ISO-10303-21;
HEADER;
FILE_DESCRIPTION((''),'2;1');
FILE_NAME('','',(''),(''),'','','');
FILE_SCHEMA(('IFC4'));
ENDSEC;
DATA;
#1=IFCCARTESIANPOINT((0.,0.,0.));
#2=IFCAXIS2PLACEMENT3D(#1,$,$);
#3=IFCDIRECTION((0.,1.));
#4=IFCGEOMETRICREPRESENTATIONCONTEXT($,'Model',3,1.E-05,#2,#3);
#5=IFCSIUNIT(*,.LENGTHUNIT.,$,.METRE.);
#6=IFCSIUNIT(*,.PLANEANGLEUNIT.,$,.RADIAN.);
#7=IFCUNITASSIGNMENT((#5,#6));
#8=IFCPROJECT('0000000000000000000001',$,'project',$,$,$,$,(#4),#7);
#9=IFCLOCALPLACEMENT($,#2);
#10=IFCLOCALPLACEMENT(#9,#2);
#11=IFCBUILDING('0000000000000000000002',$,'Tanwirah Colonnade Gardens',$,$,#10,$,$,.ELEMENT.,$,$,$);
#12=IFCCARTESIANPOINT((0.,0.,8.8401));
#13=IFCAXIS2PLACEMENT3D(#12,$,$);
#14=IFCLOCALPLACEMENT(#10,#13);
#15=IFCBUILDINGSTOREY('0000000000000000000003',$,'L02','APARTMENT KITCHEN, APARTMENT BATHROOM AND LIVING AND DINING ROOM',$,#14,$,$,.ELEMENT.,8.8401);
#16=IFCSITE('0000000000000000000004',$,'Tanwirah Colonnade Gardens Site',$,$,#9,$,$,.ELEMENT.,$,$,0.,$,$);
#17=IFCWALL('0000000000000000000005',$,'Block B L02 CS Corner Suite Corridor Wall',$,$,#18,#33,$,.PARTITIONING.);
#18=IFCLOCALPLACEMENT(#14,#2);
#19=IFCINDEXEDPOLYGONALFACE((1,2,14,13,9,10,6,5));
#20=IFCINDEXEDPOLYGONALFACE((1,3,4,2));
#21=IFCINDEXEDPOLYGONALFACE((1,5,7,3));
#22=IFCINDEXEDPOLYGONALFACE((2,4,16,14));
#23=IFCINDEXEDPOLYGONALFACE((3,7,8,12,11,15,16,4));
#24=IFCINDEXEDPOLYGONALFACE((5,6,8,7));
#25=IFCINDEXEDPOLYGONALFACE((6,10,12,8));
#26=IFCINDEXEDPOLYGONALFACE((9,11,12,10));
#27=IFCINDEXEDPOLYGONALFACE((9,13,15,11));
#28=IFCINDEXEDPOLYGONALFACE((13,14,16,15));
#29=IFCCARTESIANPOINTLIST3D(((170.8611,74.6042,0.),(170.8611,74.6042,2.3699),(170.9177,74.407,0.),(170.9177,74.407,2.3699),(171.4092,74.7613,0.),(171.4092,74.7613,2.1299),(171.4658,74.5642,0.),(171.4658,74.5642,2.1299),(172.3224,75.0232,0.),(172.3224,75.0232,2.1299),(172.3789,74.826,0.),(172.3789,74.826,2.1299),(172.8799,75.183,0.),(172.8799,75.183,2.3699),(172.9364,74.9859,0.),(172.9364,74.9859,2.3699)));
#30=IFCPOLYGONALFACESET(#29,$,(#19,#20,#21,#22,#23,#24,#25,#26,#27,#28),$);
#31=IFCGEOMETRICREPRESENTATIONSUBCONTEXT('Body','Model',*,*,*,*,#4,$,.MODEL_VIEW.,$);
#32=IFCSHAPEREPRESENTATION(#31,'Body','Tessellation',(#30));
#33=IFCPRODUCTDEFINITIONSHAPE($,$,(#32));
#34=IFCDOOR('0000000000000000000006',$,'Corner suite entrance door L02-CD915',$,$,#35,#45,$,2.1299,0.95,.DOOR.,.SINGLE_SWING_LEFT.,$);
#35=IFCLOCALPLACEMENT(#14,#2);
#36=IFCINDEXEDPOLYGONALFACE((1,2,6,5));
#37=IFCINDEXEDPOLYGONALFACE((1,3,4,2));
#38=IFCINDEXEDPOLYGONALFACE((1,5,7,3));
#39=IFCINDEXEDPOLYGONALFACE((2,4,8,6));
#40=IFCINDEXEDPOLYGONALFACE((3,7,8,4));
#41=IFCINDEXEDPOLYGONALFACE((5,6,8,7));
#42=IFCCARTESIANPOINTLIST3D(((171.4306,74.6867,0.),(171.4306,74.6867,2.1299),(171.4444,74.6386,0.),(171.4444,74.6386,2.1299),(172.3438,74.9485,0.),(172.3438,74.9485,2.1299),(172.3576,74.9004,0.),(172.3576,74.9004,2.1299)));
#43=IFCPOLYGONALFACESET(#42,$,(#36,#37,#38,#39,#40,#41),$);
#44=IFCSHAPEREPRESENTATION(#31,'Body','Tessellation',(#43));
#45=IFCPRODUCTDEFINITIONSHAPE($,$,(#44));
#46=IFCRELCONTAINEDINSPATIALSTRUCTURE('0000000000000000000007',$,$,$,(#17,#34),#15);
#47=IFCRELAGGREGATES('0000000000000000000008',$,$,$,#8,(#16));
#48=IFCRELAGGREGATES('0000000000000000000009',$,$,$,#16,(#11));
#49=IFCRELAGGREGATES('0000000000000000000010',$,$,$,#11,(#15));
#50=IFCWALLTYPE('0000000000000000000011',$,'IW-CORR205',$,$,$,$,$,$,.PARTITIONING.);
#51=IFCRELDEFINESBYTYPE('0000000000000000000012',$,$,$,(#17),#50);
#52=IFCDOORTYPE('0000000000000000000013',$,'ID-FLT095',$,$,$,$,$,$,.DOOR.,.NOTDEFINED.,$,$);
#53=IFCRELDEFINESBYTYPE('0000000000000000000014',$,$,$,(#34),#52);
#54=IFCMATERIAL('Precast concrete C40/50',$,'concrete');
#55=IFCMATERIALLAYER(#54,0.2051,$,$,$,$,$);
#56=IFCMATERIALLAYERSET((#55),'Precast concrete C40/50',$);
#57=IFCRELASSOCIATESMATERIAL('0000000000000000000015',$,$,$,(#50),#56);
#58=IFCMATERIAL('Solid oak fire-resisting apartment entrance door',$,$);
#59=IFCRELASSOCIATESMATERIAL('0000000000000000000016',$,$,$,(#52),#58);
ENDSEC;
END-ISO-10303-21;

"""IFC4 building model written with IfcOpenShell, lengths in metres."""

from ifc_helpers import new_model, si_unit, direction, frame, frame_2d, origin, place, context, subcontext, project, spatial, rectangle, extrude, material, layer, layer_set, type_object, element, fill, save


model = new_model("IFC4")

# Units and contexts
model_context = context("Model", 3, precision=1e-05, world=origin(), true_north=direction((0.0, 1.0)))
body_context = subcontext(model_context, "Body", "Model", "MODEL_VIEW")
ifc_project = project(units=[si_unit("LENGTHUNIT", "METRE"), si_unit("PLANEANGLEUNIT", "RADIAN")], contexts=[model_context])

# Site, building, storey
site_placement = place(None, origin())
site = spatial("IfcSite", under=ifc_project, at=site_placement, Name="Tanwirah Colonnade Gardens Site", CompositionType="ELEMENT", RefElevation=0.0)
building_placement = place(site_placement, origin())
building = spatial("IfcBuilding", under=site, at=building_placement, Name="Tanwirah Colonnade Gardens", CompositionType="ELEMENT")
storey_placement = place(building_placement, frame((0.0, 0.0, 8.8401)))
storey = spatial("IfcBuildingStorey", under=building, at=storey_placement, Name="L02", Description="APARTMENT KITCHEN, APARTMENT BATHROOM AND LIVING AND DINING ROOM", CompositionType="ELEMENT", Elevation=8.8401)

# Shared definitions
ifc_material_1 = material(Name="Precast concrete C40/50", Category="concrete")

# Wall, opening, door
ifc_layer_1 = layer(ifc_material_1, 0.2051)
ifc_layer_set_1 = layer_set([ifc_layer_1], Name="Precast concrete C40/50")
wall_type_1 = type_object("IfcWallType", Name="IW-CORR205", PredefinedType="PARTITIONING", material=ifc_layer_set_1)
ifc_material_2 = material(Name="Solid oak fire-resisting apartment entrance door")
wall_1_placement = place(storey_placement, frame((170.8894, 74.5056, 0.0), z_axis=(0.0, 0.0, 1.0), x_axis=(0.961265, 0.275627, 0.0)))
wall_1 = element("IfcWall", 1, at=wall_1_placement, inside=storey, type_object=wall_type_1, Name="Block B L02 CS Corner Suite Corridor Wall", PredefinedType="PARTITIONING", context=body_context, shape_type="SweptSolid", body=[
    extrude(rectangle(XDim=2.1001, YDim=0.2051, at=frame_2d((1.05, 0.0))), origin(), (0.0, 0.0, 1.0), 2.3699),
])
opening_1_placement = place(wall_1_placement, frame((0.5701, 0.0, 0.0)))
opening_1 = element("IfcOpeningElement", 2, at=opening_1_placement, cuts=wall_1, PredefinedType="OPENING", context=body_context, shape_type="SweptSolid", body=[
    extrude(rectangle(XDim=0.95, YDim=2.1299, at=frame_2d((0.4751, 1.0649))), frame((0.0, 0.1125, 0.0), z_axis=(0.0, -1.0, 0.0), x_axis=(1.0, 0.0, 0.0)), (0.0, 0.0, 1.0), 0.2251),
])
door_type_1 = type_object("IfcDoorType", Name="ID-FLT095", OperationType="NOTDEFINED", PredefinedType="DOOR", material=ifc_material_2)
door_1_placement = place(opening_1_placement, origin())
door_1 = element("IfcDoor", 3, at=door_1_placement, inside=storey, type_object=door_type_1, Name="Corner suite entrance door L02-CD915", OperationType="SINGLE_SWING_LEFT", OverallHeight=2.1299, OverallWidth=0.95, PredefinedType="DOOR", context=body_context, shape_type="SweptSolid", body=[
    extrude(rectangle(XDim=0.95, YDim=2.1299, at=frame_2d((0.4751, 1.0649))), frame((0.0, 0.0249, 0.0), z_axis=(0.0, -1.0, 0.0), x_axis=(1.0, 0.0, 0.0)), (0.0, 0.0, 1.0), 0.05),
])
fill(opening_1, door_1)

save(model, "model.ifc")
